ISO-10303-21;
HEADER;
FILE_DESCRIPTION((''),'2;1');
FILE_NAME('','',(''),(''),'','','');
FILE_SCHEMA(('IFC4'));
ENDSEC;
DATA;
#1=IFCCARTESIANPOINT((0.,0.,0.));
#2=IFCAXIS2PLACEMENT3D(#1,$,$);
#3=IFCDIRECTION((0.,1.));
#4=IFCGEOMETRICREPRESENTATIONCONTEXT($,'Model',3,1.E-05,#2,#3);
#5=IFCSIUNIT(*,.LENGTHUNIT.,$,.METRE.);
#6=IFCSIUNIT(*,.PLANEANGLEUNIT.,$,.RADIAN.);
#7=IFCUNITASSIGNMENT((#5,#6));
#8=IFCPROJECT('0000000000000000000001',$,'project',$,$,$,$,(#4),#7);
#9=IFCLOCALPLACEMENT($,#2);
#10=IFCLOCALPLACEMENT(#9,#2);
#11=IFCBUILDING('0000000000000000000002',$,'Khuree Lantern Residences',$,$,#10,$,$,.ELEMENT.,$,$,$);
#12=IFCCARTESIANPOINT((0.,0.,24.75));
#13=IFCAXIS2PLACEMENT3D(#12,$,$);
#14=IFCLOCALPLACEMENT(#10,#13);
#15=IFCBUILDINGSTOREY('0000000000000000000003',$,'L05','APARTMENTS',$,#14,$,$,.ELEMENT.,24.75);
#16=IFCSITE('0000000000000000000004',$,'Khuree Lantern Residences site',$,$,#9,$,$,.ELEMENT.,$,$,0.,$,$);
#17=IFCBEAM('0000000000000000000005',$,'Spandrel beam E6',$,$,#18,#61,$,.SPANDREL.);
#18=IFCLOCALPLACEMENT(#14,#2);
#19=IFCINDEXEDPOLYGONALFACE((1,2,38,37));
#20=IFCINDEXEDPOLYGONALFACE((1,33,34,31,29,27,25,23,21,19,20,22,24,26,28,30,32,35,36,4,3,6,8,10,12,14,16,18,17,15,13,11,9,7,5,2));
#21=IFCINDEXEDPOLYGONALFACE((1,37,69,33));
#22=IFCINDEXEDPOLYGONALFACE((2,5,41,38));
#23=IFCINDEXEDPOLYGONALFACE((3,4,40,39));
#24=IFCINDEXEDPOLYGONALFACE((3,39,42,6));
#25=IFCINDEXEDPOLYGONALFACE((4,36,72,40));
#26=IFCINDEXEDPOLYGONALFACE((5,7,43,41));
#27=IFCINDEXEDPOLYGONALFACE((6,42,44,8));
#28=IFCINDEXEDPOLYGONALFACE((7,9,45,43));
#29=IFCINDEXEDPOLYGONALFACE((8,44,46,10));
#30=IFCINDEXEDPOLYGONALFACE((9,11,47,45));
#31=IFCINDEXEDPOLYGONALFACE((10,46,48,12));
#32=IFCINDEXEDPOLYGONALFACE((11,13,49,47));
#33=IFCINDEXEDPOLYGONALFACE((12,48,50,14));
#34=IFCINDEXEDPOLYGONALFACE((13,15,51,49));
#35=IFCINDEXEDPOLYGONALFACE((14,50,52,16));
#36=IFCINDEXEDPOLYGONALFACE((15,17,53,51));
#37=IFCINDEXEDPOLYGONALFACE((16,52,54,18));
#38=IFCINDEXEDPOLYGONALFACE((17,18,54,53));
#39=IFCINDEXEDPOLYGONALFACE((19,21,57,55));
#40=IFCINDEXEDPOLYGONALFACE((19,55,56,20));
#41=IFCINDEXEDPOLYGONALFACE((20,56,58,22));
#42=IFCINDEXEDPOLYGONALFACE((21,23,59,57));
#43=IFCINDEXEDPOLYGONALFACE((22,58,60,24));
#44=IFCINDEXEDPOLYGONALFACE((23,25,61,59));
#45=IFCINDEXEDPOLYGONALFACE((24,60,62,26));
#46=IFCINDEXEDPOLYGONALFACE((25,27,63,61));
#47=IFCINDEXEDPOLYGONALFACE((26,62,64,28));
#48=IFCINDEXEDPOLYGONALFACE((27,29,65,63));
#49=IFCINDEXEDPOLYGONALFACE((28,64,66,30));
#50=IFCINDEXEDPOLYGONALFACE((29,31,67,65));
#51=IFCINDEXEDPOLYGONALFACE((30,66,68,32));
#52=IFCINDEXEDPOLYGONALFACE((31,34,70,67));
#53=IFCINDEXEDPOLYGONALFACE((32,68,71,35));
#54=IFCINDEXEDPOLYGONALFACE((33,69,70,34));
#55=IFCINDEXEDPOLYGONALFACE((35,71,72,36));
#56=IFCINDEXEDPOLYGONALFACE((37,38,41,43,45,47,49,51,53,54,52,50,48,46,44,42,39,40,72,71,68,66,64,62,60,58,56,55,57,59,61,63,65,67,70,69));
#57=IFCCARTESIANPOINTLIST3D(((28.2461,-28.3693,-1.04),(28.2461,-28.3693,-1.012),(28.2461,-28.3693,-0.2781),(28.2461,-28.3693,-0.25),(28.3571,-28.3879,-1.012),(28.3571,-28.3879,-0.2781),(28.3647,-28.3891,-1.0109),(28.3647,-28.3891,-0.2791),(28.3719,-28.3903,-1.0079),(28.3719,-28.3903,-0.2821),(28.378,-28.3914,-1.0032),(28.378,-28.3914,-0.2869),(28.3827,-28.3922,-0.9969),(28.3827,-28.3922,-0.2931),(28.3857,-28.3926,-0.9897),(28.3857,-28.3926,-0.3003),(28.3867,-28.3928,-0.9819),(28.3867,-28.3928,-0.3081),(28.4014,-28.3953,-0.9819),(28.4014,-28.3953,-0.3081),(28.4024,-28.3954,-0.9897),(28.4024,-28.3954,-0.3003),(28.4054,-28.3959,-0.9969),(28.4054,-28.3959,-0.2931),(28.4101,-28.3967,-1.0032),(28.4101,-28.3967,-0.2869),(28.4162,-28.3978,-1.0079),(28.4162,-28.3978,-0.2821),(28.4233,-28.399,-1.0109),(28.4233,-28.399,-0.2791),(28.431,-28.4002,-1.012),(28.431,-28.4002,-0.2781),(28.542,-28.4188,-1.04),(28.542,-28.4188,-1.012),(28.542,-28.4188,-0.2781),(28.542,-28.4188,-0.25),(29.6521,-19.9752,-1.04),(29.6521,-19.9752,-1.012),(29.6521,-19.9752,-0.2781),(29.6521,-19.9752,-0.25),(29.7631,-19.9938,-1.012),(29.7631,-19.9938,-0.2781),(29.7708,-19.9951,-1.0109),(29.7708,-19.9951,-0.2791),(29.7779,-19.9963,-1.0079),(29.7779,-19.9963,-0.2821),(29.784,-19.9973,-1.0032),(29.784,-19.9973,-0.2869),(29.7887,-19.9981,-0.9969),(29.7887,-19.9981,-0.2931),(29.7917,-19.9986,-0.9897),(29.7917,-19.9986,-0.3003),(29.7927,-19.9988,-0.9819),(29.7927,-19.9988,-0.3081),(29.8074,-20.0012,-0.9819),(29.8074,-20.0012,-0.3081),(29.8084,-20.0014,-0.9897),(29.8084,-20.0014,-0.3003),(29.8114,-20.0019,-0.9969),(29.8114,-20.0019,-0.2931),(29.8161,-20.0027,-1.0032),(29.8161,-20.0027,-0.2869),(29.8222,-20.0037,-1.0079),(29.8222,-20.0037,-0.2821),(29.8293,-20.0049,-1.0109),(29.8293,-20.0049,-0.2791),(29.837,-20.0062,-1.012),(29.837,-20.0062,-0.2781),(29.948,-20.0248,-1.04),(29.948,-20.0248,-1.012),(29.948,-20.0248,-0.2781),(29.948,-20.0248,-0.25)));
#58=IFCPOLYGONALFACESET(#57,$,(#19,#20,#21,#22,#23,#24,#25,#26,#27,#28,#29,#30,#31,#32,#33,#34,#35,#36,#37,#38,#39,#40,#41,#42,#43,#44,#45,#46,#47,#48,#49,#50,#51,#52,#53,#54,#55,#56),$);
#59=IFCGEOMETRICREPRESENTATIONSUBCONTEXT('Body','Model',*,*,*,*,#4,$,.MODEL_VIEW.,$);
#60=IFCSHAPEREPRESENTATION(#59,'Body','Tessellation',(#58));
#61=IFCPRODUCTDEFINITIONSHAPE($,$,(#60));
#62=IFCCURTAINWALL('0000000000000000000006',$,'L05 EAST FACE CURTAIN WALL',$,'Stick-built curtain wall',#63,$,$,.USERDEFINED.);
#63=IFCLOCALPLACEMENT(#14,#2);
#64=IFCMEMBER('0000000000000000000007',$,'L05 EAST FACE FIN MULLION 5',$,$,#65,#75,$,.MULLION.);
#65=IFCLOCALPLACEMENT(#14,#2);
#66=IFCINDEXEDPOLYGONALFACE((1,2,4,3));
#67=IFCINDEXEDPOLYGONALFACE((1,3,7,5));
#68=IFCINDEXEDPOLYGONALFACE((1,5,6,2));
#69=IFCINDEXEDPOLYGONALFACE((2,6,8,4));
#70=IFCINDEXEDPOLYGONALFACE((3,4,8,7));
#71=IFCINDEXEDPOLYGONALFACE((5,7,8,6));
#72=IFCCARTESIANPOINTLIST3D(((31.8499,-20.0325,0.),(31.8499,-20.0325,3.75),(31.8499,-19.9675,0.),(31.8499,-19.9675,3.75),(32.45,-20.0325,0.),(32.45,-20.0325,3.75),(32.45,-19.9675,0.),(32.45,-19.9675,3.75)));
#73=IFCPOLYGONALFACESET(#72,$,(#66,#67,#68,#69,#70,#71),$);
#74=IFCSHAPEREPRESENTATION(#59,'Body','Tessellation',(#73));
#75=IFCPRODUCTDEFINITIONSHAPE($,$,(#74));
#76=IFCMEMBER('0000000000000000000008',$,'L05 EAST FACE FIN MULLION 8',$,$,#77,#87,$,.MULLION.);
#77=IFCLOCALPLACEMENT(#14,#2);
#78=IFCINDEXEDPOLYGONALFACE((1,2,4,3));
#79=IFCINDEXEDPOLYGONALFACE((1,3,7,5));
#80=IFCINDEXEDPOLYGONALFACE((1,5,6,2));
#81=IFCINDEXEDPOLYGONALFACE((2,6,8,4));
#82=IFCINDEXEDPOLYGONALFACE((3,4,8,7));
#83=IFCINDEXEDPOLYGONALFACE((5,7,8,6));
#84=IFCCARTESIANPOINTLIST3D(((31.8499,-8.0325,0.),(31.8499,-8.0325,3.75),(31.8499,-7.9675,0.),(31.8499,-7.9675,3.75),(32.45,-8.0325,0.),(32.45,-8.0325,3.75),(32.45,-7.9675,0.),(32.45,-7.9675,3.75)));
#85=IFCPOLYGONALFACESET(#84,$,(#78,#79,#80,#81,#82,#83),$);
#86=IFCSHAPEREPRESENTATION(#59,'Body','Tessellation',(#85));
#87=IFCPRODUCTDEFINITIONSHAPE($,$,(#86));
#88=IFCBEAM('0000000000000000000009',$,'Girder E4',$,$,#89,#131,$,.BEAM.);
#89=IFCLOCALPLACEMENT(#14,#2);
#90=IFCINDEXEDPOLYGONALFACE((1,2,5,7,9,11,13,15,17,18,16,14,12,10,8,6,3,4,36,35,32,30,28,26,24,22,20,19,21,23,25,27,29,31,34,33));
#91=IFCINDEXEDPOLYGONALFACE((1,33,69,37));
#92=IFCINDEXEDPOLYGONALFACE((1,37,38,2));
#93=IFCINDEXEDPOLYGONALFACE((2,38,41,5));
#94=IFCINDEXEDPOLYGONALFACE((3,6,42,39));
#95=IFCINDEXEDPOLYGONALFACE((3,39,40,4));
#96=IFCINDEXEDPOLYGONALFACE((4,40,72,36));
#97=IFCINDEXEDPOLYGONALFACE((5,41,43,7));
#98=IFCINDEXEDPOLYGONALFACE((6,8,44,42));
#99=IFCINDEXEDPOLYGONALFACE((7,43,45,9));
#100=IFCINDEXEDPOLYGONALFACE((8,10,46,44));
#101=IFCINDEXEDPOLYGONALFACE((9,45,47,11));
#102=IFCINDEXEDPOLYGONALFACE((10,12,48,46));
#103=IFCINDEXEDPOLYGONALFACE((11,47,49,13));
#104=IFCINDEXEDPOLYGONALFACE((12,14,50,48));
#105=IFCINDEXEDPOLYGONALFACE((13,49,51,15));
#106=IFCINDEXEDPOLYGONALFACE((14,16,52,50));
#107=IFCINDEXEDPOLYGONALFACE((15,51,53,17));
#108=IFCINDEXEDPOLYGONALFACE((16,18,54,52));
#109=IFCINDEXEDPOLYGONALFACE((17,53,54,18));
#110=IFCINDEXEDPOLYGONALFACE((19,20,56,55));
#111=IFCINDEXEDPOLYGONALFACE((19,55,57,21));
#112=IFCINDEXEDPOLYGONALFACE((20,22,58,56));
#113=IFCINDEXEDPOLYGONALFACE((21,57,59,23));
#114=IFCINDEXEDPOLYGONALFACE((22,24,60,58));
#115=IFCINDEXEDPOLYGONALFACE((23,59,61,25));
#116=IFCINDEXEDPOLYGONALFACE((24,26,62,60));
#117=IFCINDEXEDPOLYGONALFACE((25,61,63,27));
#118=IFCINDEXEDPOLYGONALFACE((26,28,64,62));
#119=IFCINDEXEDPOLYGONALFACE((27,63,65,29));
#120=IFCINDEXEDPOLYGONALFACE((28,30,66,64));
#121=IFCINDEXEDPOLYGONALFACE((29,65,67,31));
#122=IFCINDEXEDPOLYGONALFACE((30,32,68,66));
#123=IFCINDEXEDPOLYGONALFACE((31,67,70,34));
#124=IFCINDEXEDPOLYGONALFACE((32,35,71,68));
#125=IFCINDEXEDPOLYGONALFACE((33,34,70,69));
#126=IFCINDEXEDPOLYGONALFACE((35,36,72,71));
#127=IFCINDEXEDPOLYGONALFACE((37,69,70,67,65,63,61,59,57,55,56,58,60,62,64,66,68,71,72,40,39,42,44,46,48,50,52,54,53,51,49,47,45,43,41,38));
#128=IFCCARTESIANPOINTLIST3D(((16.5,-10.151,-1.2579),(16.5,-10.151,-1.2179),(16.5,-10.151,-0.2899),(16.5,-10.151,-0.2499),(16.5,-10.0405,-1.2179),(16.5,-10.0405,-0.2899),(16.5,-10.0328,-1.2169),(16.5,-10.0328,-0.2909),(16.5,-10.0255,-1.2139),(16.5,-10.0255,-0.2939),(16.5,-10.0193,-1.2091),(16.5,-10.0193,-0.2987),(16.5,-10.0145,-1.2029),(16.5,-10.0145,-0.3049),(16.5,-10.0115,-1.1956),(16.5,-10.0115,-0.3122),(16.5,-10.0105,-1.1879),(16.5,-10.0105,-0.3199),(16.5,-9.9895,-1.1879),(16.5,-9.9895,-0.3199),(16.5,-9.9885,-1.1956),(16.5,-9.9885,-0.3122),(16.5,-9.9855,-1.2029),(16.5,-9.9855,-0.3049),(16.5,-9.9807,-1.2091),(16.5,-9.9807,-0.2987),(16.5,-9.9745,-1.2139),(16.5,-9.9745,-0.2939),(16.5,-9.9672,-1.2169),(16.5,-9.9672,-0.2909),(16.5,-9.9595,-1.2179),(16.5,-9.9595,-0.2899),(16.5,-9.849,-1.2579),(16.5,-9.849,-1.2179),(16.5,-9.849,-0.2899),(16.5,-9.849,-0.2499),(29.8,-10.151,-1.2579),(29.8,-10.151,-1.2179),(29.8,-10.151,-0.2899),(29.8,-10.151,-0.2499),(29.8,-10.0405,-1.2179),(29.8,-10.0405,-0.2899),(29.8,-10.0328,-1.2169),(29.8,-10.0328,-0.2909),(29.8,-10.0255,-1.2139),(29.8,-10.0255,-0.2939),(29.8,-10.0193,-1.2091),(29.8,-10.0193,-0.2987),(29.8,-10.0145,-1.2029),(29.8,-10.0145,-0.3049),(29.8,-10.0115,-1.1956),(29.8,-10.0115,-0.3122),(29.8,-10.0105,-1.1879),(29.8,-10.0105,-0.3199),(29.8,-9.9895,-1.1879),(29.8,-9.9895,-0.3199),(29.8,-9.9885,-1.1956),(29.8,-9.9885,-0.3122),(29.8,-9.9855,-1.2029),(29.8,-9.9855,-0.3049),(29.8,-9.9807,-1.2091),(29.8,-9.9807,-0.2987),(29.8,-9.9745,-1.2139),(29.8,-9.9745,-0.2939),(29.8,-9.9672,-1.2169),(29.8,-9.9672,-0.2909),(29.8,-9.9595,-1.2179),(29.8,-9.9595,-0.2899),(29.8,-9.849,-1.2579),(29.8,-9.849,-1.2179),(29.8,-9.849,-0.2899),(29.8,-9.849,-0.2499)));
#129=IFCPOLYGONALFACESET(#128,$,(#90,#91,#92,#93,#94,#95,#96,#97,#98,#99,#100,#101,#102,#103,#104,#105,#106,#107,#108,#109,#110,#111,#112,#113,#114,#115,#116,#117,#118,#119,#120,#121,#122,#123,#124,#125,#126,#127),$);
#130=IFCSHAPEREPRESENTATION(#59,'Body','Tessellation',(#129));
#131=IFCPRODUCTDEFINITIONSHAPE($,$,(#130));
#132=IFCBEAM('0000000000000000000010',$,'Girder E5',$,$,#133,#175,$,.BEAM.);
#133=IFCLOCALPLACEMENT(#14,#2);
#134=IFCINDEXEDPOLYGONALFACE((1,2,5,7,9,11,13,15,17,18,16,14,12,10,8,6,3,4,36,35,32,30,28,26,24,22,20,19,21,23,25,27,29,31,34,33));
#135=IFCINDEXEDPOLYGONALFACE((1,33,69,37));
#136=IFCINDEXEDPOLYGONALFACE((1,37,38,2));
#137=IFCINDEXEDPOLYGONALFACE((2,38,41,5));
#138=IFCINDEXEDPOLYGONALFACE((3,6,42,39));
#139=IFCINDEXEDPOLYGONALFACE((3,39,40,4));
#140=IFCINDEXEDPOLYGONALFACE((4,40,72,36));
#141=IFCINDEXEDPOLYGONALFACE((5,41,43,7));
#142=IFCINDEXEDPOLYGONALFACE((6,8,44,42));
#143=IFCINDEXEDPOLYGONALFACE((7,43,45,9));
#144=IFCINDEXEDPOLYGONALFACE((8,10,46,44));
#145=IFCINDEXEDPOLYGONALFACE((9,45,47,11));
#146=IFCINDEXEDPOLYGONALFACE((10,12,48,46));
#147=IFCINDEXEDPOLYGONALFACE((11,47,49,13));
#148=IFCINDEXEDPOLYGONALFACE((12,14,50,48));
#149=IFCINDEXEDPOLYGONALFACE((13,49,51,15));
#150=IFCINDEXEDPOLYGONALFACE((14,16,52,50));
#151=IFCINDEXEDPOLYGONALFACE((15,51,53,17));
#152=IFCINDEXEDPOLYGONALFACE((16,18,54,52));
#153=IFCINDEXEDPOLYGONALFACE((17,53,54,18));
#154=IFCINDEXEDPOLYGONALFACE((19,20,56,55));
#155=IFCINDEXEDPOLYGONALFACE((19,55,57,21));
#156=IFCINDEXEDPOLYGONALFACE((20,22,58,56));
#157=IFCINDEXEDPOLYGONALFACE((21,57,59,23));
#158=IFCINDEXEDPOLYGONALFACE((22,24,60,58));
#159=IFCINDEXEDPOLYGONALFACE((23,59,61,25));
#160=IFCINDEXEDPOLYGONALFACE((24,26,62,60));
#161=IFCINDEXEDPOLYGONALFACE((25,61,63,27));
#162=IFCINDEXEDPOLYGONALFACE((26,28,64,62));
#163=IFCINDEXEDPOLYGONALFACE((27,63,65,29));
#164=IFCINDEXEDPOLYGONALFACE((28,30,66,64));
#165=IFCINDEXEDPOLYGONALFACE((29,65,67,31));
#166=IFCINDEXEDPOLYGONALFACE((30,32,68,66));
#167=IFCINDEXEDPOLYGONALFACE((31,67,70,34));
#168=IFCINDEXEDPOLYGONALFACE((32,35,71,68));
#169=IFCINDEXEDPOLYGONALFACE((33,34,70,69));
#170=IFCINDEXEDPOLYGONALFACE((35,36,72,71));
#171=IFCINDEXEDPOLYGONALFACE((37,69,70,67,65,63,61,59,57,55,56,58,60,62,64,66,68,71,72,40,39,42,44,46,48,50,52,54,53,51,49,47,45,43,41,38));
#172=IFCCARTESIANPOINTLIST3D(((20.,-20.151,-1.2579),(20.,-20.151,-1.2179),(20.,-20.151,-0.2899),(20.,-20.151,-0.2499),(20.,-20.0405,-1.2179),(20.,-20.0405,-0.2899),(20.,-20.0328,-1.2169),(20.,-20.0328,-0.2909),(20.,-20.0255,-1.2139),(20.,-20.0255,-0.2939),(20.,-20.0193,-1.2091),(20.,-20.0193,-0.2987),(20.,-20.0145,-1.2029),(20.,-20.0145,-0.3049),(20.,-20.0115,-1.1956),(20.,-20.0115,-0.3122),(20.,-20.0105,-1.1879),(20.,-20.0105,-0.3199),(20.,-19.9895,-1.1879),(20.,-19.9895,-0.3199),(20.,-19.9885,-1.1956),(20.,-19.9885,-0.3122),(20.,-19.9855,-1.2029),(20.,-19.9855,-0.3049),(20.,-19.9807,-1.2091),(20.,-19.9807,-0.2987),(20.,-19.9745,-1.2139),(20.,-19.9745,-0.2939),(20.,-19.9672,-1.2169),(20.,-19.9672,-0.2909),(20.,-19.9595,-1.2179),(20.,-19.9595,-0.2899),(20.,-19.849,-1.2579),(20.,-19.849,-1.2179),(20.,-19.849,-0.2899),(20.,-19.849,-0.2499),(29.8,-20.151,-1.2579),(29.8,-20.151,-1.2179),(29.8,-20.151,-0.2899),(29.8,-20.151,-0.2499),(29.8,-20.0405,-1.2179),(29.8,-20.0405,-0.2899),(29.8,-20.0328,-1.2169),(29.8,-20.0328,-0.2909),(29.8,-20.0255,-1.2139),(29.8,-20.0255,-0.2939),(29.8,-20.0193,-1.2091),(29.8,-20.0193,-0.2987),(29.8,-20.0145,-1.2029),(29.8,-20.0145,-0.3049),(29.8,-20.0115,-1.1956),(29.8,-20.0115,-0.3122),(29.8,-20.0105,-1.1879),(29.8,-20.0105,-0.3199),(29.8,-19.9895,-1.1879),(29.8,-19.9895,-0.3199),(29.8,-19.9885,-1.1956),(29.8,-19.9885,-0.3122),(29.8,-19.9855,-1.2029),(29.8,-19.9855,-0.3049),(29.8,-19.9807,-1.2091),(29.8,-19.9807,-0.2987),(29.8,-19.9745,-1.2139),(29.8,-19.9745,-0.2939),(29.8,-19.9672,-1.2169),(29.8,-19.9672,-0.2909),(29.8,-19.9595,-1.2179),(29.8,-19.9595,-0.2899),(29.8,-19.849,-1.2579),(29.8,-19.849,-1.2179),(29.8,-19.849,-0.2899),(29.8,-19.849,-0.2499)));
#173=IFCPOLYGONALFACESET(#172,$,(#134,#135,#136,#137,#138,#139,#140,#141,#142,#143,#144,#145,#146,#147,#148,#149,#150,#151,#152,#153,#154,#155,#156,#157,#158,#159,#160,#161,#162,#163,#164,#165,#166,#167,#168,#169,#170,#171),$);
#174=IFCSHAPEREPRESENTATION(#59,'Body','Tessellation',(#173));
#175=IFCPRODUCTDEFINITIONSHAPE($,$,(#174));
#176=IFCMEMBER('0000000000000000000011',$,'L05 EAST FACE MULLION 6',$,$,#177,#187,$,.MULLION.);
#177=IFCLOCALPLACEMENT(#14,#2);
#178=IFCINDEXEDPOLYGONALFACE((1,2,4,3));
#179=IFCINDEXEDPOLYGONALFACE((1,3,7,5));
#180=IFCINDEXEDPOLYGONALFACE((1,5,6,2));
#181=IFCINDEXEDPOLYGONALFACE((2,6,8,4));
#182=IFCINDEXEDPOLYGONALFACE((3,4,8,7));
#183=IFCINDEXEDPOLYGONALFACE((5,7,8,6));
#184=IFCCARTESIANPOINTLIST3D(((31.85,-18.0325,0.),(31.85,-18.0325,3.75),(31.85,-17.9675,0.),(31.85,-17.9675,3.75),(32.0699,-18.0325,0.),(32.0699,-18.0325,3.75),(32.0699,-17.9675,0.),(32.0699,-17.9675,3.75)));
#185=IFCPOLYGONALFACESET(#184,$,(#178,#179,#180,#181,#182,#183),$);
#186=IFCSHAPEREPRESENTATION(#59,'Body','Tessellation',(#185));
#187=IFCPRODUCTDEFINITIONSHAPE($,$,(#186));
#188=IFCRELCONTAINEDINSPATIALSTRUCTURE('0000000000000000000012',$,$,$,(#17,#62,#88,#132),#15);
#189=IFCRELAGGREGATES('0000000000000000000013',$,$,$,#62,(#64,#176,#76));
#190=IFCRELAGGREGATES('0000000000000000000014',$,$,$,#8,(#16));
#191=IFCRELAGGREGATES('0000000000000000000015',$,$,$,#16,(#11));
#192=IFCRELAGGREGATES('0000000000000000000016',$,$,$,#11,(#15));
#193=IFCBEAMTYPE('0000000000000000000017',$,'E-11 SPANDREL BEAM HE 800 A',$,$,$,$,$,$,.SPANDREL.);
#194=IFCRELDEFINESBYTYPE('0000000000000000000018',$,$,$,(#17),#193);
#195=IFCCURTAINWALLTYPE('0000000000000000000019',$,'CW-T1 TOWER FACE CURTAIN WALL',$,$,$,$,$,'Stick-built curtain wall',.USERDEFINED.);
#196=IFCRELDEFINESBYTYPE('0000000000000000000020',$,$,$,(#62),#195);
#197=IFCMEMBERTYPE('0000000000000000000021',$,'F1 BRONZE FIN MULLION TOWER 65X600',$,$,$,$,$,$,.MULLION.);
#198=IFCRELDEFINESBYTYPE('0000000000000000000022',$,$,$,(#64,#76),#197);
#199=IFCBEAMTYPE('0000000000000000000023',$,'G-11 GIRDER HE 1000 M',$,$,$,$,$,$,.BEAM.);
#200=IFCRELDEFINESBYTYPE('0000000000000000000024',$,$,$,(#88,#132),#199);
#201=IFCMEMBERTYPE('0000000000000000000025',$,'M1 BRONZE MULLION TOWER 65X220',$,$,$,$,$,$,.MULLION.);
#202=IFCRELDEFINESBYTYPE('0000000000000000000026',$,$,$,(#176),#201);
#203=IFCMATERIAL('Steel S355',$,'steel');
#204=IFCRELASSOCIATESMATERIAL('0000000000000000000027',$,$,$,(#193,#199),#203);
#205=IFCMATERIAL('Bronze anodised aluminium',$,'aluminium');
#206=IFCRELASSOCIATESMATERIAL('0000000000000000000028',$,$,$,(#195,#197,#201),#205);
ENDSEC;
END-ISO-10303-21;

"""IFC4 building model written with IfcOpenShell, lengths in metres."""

from ifc_helpers import new_model, si_unit, direction, frame, origin, origin_2d, place, context, subcontext, project, spatial, rectangle, i_section, extrude, material, material_profile, profile_set, type_object, element, aggregate, save


model = new_model("IFC4")

# Units and contexts
model_context = context("Model", 3, precision=1e-05, world=origin(), true_north=direction((0.0, 1.0)))
body_context = subcontext(model_context, "Body", "Model", "MODEL_VIEW")
ifc_project = project(units=[si_unit("LENGTHUNIT", "METRE"), si_unit("PLANEANGLEUNIT", "RADIAN")], contexts=[model_context])

# Site, building, storey
site_placement = place(None, origin())
site = spatial("IfcSite", under=ifc_project, at=site_placement, Name="Khuree Lantern Residences site", CompositionType="ELEMENT", RefElevation=0.0)
building_placement = place(site_placement, origin())
building = spatial("IfcBuilding", under=site, at=building_placement, Name="Khuree Lantern Residences", CompositionType="ELEMENT")
storey_placement = place(building_placement, frame((0.0, 0.0, 24.75)))
storey = spatial("IfcBuildingStorey", under=building, at=storey_placement, Name="L05", Description="APARTMENTS", CompositionType="ELEMENT", Elevation=24.75)

# Beam
ifc_material_1 = material(Name="Steel S355", Category="steel")
ifc_material_profile_1 = material_profile(ifc_material_1, i_section(OverallWidth=0.3, OverallDepth=0.79, WebThickness=0.0149, FlangeThickness=0.0281, FilletRadius=0.03, at=origin_2d()), Name="HE 800 A")
ifc_profile_set_1 = profile_set([ifc_material_profile_1], Name="Steel S355")
beam_type_1 = type_object("IfcBeamType", Name="E-11 SPANDREL BEAM HE 800 A", PredefinedType="SPANDREL", material=ifc_profile_set_1)
beam_1_placement = place(storey_placement, frame((29.8, -20.0, -0.645), z_axis=(-0.165199, -0.98626, 0.0), x_axis=(0.98626, -0.165199, 0.0)))
element("IfcBeam", 1, at=beam_1_placement, inside=storey, type_object=beam_type_1, Name="Spandrel beam E6", PredefinedType="SPANDREL", context=body_context, shape_type="SweptSolid", body=[
    extrude(i_section(OverallWidth=0.3, OverallDepth=0.79, WebThickness=0.0149, FlangeThickness=0.0281, FilletRadius=0.03, at=origin_2d()), origin(), (0.0, 0.0, 1.0), 8.511),
])

# Curtain wall, members
ifc_material_2 = material(Name="Bronze anodised aluminium", Category="aluminium")
curtain_wall_type = type_object("IfcCurtainWallType", Name="CW-T1 TOWER FACE CURTAIN WALL", ElementType="Stick-built curtain wall", PredefinedType="USERDEFINED", material=ifc_material_2)
curtain_wall_placement = place(storey_placement, origin())
curtain_wall = element("IfcCurtainWall", 2, at=curtain_wall_placement, inside=storey, type_object=curtain_wall_type, Name="L05 EAST FACE CURTAIN WALL", ObjectType="Stick-built curtain wall", PredefinedType="USERDEFINED")
ifc_material_profile_2 = material_profile(ifc_material_2, rectangle(XDim=0.0649, YDim=0.6001, at=origin_2d()), Name="F1 65X600")
ifc_profile_set_2 = profile_set([ifc_material_profile_2], Name="Bronze anodised aluminium")
member_type_1 = type_object("IfcMemberType", Name="F1 BRONZE FIN MULLION TOWER 65X600", PredefinedType="MULLION", material=ifc_profile_set_2)
member_1_placement = place(storey_placement, frame((32.1499, -20.0, 0.0), z_axis=(0.0, 0.0, 1.0), x_axis=(0.0, 1.0, 0.0)))
member_1 = element("IfcMember", 3, at=member_1_placement, type_object=member_type_1, Name="L05 EAST FACE FIN MULLION 5", PredefinedType="MULLION", context=body_context, shape_type="SweptSolid", body=[
    extrude(rectangle(XDim=0.0649, YDim=0.6001, at=origin_2d()), origin(), (0.0, 0.0, 1.0), 3.75),
])
member_2_placement = place(storey_placement, frame((32.1499, -8.0, 0.0), z_axis=(0.0, 0.0, 1.0), x_axis=(0.0, 1.0, 0.0)))
member_2 = element("IfcMember", 4, at=member_2_placement, type_object=member_type_1, Name="L05 EAST FACE FIN MULLION 8", PredefinedType="MULLION", context=body_context, shape_type="SweptSolid", body=[
    extrude(rectangle(XDim=0.0649, YDim=0.6001, at=origin_2d()), origin(), (0.0, 0.0, 1.0), 3.75),
])

# Beams
ifc_material_profile_3 = material_profile(ifc_material_1, i_section(OverallWidth=0.302, OverallDepth=1.0081, WebThickness=0.021, FlangeThickness=0.04, FilletRadius=0.03, at=origin_2d()), Name="HE 1000 M")
ifc_profile_set_3 = profile_set([ifc_material_profile_3], Name="Steel S355")
beam_type_2 = type_object("IfcBeamType", Name="G-11 GIRDER HE 1000 M", PredefinedType="BEAM", material=ifc_profile_set_3)
beam_2_placement = place(storey_placement, frame((29.8, -10.0, -0.7539), z_axis=(-1.0, 0.0, 0.0), x_axis=(0.0, -1.0, 0.0)))
element("IfcBeam", 5, at=beam_2_placement, inside=storey, type_object=beam_type_2, Name="Girder E4", PredefinedType="BEAM", context=body_context, shape_type="SweptSolid", body=[
    extrude(i_section(OverallWidth=0.302, OverallDepth=1.0081, WebThickness=0.021, FlangeThickness=0.04, FilletRadius=0.03, at=origin_2d()), origin(), (0.0, 0.0, 1.0), 13.3),
])
beam_3_placement = place(storey_placement, frame((29.8, -20.0, -0.7539), z_axis=(-1.0, 0.0, 0.0), x_axis=(0.0, -1.0, 0.0)))
element("IfcBeam", 6, at=beam_3_placement, inside=storey, type_object=beam_type_2, Name="Girder E5", PredefinedType="BEAM", context=body_context, shape_type="SweptSolid", body=[
    extrude(i_section(OverallWidth=0.302, OverallDepth=1.0081, WebThickness=0.021, FlangeThickness=0.04, FilletRadius=0.03, at=origin_2d()), origin(), (0.0, 0.0, 1.0), 9.8),
])

# Member
ifc_material_profile_4 = material_profile(ifc_material_2, rectangle(XDim=0.0649, YDim=0.22, at=origin_2d()), Name="M1 65X220")
ifc_profile_set_4 = profile_set([ifc_material_profile_4], Name="Bronze anodised aluminium")
member_type_2 = type_object("IfcMemberType", Name="M1 BRONZE MULLION TOWER 65X220", PredefinedType="MULLION", material=ifc_profile_set_4)
member_3_placement = place(storey_placement, frame((31.96, -18.0, 0.0), z_axis=(0.0, 0.0, 1.0), x_axis=(0.0, 1.0, 0.0)))
member_3 = element("IfcMember", 7, at=member_3_placement, type_object=member_type_2, Name="L05 EAST FACE MULLION 6", PredefinedType="MULLION", context=body_context, shape_type="SweptSolid", body=[
    extrude(rectangle(XDim=0.0649, YDim=0.22, at=origin_2d()), origin(), (0.0, 0.0, 1.0), 3.75),
])

aggregate(curtain_wall, [member_1, member_3, member_2])

save(model, "model.ifc")
